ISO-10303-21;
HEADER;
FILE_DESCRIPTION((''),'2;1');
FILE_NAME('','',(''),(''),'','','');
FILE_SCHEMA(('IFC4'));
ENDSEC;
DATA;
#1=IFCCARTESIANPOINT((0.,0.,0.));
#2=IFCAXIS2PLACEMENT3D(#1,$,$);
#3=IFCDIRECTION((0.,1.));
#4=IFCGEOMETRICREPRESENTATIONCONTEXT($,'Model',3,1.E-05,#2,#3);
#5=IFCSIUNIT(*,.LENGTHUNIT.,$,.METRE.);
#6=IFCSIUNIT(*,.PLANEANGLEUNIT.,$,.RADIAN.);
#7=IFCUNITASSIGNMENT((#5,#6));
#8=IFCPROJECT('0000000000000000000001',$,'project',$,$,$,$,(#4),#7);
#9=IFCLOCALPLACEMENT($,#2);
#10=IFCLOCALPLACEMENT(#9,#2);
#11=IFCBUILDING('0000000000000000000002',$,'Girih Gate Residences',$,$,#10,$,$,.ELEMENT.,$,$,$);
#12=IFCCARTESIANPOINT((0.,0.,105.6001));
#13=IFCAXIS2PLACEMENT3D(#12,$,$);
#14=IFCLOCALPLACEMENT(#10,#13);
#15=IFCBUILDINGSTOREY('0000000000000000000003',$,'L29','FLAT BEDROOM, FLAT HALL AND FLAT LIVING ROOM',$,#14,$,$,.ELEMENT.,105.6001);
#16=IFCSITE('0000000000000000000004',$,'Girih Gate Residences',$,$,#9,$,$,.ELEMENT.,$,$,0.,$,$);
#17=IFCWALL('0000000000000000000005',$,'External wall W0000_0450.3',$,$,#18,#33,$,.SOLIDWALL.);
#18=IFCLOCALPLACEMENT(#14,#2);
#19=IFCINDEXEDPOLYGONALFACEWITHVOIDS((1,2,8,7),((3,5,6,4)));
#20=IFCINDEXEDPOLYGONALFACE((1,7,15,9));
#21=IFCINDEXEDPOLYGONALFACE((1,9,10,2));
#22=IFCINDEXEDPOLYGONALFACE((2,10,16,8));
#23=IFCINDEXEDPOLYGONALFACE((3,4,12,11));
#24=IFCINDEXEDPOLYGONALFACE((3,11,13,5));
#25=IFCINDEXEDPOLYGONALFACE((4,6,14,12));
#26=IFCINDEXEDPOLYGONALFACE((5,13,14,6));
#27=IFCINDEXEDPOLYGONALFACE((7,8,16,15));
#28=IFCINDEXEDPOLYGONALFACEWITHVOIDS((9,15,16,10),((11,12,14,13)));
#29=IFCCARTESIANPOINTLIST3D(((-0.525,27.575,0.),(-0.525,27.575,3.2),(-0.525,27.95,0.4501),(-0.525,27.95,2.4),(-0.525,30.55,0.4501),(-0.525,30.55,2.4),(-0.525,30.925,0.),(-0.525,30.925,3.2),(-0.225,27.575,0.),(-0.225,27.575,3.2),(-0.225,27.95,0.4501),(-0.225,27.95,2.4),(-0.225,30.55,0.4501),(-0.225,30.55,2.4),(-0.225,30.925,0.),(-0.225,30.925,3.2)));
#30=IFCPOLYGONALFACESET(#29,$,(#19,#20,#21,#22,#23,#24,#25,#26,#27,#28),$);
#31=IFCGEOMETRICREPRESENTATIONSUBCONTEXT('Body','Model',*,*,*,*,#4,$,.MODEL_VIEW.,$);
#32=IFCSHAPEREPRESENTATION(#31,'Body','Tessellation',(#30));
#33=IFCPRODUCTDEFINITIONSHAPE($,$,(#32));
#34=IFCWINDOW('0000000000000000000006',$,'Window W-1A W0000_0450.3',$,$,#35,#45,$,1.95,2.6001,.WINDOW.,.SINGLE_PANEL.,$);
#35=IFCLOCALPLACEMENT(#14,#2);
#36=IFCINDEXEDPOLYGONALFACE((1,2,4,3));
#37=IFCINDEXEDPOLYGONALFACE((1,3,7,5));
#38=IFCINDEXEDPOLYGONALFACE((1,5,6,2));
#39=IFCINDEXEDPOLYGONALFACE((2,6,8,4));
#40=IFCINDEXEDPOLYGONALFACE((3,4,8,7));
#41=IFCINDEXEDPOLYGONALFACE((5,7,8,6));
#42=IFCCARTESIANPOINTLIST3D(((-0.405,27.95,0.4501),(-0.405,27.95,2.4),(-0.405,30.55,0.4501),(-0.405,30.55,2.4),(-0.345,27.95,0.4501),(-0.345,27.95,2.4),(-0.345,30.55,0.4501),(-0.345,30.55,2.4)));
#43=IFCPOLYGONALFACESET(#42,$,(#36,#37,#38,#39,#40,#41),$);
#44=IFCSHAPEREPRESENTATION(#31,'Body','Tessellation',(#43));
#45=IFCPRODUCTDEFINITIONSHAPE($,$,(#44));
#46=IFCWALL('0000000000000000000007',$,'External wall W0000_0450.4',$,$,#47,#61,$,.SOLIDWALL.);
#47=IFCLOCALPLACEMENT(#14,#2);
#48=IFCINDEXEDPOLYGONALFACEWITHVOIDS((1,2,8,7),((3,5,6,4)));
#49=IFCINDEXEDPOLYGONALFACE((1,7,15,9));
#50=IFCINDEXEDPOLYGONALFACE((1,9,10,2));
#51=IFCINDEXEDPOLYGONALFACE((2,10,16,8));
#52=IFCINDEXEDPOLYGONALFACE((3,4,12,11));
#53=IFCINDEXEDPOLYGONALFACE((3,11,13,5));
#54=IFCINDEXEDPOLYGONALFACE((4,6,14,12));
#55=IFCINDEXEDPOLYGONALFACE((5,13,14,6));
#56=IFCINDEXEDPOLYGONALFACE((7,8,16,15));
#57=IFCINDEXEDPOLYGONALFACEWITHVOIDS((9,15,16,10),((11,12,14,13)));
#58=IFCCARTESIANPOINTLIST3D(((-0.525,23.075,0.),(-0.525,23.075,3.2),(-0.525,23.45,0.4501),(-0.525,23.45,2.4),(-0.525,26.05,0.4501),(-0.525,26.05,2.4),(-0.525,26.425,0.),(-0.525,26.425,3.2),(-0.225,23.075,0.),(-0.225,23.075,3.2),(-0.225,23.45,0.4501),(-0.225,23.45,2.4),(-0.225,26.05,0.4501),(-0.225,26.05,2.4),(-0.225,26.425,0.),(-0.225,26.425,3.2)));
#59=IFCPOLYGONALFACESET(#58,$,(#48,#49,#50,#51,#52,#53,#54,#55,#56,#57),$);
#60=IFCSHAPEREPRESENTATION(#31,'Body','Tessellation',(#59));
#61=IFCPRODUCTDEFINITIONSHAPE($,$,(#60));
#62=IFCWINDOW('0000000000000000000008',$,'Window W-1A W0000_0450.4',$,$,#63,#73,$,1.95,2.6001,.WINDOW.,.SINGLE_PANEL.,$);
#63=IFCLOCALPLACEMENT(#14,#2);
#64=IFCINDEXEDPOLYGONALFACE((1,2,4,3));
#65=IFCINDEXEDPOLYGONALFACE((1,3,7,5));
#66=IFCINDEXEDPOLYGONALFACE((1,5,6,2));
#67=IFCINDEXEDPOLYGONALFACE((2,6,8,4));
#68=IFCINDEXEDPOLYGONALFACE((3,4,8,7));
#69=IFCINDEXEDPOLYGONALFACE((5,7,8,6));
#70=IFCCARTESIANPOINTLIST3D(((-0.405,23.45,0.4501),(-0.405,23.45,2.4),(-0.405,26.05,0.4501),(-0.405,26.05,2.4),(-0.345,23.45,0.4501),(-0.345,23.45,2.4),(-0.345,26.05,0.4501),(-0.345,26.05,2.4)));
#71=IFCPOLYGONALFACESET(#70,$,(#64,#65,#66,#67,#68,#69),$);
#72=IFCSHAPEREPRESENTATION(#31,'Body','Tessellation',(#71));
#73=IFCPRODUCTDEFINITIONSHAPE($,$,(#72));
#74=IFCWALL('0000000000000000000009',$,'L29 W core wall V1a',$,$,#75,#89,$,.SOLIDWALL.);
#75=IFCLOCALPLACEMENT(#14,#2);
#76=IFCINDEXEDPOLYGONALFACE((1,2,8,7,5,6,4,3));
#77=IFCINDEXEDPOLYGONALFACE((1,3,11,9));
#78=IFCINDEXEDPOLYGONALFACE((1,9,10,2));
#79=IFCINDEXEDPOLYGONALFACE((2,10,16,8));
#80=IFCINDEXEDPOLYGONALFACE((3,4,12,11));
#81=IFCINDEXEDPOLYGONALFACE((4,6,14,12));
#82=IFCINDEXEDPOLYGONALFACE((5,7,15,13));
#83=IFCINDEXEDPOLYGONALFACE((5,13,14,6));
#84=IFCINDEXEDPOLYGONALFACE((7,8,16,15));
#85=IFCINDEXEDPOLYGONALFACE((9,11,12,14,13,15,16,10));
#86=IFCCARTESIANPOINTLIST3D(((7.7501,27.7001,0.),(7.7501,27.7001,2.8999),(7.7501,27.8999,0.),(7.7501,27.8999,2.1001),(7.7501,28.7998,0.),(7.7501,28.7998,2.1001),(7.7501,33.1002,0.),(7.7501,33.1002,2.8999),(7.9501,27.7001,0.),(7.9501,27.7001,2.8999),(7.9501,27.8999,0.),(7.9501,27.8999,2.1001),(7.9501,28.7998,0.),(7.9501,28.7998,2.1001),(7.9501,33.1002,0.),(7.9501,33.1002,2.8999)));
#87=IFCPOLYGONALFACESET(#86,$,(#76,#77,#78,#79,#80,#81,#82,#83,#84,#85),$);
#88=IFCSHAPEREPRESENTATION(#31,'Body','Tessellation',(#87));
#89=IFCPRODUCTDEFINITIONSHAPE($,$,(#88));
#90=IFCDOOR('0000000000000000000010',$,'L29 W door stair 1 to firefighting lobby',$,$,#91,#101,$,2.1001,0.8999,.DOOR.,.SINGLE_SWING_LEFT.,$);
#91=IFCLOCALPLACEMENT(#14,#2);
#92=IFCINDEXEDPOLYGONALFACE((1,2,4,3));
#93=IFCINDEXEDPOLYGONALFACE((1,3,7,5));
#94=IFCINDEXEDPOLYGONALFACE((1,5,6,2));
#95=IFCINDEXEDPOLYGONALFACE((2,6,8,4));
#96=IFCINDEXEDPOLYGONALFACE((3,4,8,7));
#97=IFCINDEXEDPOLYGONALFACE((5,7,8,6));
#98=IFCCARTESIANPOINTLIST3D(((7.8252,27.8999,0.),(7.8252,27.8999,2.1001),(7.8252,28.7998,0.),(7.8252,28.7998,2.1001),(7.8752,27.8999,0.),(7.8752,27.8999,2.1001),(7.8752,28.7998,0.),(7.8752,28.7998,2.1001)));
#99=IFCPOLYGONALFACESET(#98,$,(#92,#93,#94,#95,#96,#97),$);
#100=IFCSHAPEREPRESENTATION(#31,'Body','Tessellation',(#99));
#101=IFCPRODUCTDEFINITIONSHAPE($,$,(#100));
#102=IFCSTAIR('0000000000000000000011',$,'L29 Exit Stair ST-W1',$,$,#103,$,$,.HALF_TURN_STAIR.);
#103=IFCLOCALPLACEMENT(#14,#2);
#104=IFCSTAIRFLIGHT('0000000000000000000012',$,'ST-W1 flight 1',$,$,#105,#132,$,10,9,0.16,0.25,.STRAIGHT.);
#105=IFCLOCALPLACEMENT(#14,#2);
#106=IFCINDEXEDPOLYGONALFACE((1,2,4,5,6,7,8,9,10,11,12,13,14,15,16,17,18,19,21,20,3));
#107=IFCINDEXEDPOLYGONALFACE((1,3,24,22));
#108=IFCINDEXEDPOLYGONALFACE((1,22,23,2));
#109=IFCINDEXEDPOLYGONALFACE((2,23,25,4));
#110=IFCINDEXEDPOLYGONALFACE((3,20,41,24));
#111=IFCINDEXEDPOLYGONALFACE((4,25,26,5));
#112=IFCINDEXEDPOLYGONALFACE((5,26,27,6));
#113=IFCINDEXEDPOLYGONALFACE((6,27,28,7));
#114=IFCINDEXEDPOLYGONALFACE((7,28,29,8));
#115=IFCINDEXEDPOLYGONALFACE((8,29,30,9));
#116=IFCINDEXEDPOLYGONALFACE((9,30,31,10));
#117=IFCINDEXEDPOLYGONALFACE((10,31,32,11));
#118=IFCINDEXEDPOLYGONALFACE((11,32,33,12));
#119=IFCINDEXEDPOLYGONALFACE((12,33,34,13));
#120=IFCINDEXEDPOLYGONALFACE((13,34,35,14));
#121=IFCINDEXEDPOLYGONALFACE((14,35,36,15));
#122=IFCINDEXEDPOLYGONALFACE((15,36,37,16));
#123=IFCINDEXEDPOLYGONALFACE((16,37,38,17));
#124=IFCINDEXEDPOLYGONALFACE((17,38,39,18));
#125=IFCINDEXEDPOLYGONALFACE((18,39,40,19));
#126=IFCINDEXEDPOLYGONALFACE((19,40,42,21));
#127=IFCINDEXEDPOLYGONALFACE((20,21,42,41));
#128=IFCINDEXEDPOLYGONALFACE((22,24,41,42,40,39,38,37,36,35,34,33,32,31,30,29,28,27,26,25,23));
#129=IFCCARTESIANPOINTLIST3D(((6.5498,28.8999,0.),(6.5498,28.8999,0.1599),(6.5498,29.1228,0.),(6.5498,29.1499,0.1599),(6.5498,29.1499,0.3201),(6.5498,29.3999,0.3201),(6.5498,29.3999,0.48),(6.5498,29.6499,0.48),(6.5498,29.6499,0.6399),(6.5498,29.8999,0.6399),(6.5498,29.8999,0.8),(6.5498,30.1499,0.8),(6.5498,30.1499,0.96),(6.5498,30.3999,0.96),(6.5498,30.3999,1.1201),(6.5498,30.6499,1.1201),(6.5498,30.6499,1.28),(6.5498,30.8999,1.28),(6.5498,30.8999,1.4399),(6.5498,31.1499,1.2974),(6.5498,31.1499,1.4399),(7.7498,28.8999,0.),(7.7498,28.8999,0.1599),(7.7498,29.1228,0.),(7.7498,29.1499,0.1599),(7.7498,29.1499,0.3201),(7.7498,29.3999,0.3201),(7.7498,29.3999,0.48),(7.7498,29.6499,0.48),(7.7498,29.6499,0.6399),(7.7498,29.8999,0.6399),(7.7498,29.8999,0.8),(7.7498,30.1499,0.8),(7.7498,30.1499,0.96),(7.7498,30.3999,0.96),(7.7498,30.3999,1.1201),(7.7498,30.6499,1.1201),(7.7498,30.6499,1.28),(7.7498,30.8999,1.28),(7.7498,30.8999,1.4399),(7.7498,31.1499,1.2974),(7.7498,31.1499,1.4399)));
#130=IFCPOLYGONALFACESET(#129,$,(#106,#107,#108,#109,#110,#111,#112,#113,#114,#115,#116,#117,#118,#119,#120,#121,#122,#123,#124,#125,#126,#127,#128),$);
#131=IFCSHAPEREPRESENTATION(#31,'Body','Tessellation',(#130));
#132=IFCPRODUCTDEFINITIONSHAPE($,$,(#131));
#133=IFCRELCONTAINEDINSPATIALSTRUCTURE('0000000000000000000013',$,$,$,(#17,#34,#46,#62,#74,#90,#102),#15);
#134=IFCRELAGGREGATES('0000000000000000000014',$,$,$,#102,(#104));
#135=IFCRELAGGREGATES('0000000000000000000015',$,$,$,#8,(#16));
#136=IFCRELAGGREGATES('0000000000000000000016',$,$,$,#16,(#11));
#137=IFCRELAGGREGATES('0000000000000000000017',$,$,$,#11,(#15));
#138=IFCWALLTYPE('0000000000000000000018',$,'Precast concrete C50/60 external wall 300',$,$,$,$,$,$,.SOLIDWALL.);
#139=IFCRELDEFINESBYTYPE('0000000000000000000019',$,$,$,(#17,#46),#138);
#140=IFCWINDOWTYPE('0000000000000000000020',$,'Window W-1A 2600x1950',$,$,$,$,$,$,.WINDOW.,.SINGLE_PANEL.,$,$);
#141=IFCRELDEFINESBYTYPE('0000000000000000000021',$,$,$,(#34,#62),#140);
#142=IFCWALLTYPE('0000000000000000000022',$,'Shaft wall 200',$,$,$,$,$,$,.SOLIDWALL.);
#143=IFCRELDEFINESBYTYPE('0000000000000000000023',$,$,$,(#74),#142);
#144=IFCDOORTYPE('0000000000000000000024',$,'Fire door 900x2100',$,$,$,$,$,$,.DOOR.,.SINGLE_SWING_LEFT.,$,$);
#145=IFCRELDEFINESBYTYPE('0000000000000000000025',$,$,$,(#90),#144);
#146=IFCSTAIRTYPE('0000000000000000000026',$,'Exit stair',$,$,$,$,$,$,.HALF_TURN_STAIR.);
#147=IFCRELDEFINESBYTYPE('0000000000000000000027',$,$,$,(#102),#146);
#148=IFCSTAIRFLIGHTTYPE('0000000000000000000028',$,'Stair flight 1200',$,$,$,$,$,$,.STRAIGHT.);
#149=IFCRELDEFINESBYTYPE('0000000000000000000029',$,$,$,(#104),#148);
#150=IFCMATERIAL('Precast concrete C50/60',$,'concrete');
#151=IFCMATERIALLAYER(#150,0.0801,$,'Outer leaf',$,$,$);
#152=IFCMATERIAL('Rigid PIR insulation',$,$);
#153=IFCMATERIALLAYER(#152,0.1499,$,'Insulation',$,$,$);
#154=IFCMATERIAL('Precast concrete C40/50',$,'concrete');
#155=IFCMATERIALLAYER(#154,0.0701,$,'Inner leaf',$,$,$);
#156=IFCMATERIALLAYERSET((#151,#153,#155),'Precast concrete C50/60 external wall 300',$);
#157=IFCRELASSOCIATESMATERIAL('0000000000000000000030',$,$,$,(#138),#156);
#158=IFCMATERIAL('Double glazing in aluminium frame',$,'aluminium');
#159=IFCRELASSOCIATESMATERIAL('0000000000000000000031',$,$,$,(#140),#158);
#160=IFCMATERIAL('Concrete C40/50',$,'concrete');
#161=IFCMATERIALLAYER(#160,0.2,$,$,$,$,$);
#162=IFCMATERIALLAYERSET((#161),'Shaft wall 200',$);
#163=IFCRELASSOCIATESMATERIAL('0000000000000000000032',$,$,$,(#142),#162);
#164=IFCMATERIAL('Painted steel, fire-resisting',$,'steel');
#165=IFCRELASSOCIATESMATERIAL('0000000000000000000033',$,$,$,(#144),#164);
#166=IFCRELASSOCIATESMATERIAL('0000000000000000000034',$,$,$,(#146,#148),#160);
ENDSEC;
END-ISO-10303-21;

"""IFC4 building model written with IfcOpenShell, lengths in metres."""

from ifc_helpers import new_model, si_unit, direction, frame, frame_2d, origin, place, context, subcontext, project, spatial, polyline, rectangle, outline, extrude, material, layer, layer_set, type_object, element, fill, aggregate, save


model = new_model("IFC4")

# Units and contexts
model_context = context("Model", 3, precision=1e-05, world=origin(), true_north=direction((0.0, 1.0)))
body_context = subcontext(model_context, "Body", "Model", "MODEL_VIEW")
ifc_project = project(units=[si_unit("LENGTHUNIT", "METRE"), si_unit("PLANEANGLEUNIT", "RADIAN")], contexts=[model_context])

# Site, building, storey
site_placement = place(None, origin())
site = spatial("IfcSite", under=ifc_project, at=site_placement, Name="Girih Gate Residences", CompositionType="ELEMENT", RefElevation=0.0)
building_placement = place(site_placement, origin())
building = spatial("IfcBuilding", under=site, at=building_placement, Name="Girih Gate Residences", CompositionType="ELEMENT")
storey_placement = place(building_placement, frame((0.0, 0.0, 105.6001)))
storey = spatial("IfcBuildingStorey", under=building, at=storey_placement, Name="L29", Description="FLAT BEDROOM, FLAT HALL AND FLAT LIVING ROOM", CompositionType="ELEMENT", Elevation=105.6001)

# Shared definitions
ifc_material_1 = material(Name="Painted steel, fire-resisting", Category="steel")

# Walls, openings, windows
ifc_material_2 = material(Name="Precast concrete C50/60", Category="concrete")
ifc_layer_1 = layer(ifc_material_2, 0.0801, Name="Outer leaf")
ifc_material_3 = material(Name="Rigid PIR insulation")
ifc_layer_2 = layer(ifc_material_3, 0.1499, Name="Insulation")
ifc_material_4 = material(Name="Precast concrete C40/50", Category="concrete")
ifc_layer_3 = layer(ifc_material_4, 0.0701, Name="Inner leaf")
ifc_layer_set_1 = layer_set([ifc_layer_1, ifc_layer_2, ifc_layer_3], Name="Precast concrete C50/60 external wall 300")
wall_type_1 = type_object("IfcWallType", Name="Precast concrete C50/60 external wall 300", PredefinedType="SOLIDWALL", material=ifc_layer_set_1)
wall_1_placement = place(storey_placement, frame((-0.375, 27.575, 0.0), z_axis=(0.0, 0.0, 1.0), x_axis=(0.0, 1.0, 0.0)))
wall_1 = element("IfcWall", 1, at=wall_1_placement, inside=storey, type_object=wall_type_1, Name="External wall W0000_0450.3", PredefinedType="SOLIDWALL", context=body_context, shape_type="SweptSolid", body=[
    extrude(rectangle(XDim=3.3501, YDim=0.3, at=frame_2d((1.675, 0.0))), origin(), (0.0, 0.0, 1.0), 3.2),
])
opening_1_placement = place(wall_1_placement, frame((0.375, 0.0, 0.45)))
opening_1 = element("IfcOpeningElement", 2, at=opening_1_placement, cuts=wall_1, PredefinedType="OPENING", context=body_context, shape_type="SweptSolid", body=[
    extrude(rectangle(XDim=2.6001, YDim=1.95, at=frame_2d((1.3, 0.9751))), frame((0.0, 0.1599, 0.0), z_axis=(0.0, -1.0, 0.0), x_axis=(1.0, 0.0, 0.0)), (0.0, 0.0, 1.0), 0.3201),
])
ifc_material_5 = material(Name="Double glazing in aluminium frame", Category="aluminium")
window_type = type_object("IfcWindowType", Name="Window W-1A 2600x1950", PartitioningType="SINGLE_PANEL", PredefinedType="WINDOW", material=ifc_material_5)
window_1_placement = place(opening_1_placement, origin())
window_1 = element("IfcWindow", 3, at=window_1_placement, inside=storey, type_object=window_type, Name="Window W-1A W0000_0450.3", OverallHeight=1.95, OverallWidth=2.6001, PartitioningType="SINGLE_PANEL", PredefinedType="WINDOW", context=body_context, shape_type="SweptSolid", body=[
    extrude(rectangle(XDim=2.6001, YDim=1.95, at=frame_2d((1.3, 0.9751))), frame((0.0, 0.03, 0.0), z_axis=(0.0, -1.0, 0.0), x_axis=(1.0, 0.0, 0.0)), (0.0, 0.0, 1.0), 0.0601),
])
fill(opening_1, window_1)
wall_2_placement = place(storey_placement, frame((-0.375, 23.075, 0.0), z_axis=(0.0, 0.0, 1.0), x_axis=(0.0, 1.0, 0.0)))
wall_2 = element("IfcWall", 4, at=wall_2_placement, inside=storey, type_object=wall_type_1, Name="External wall W0000_0450.4", PredefinedType="SOLIDWALL", context=body_context, shape_type="SweptSolid", body=[
    extrude(rectangle(XDim=3.3501, YDim=0.3, at=frame_2d((1.675, 0.0))), origin(), (0.0, 0.0, 1.0), 3.2),
])
opening_2_placement = place(wall_2_placement, frame((0.375, 0.0, 0.45)))
opening_2 = element("IfcOpeningElement", 5, at=opening_2_placement, cuts=wall_2, PredefinedType="OPENING", context=body_context, shape_type="SweptSolid", body=[
    extrude(rectangle(XDim=2.6001, YDim=1.95, at=frame_2d((1.3, 0.9751))), frame((0.0, 0.1599, 0.0), z_axis=(0.0, -1.0, 0.0), x_axis=(1.0, 0.0, 0.0)), (0.0, 0.0, 1.0), 0.3201),
])
window_2_placement = place(opening_2_placement, origin())
window_2 = element("IfcWindow", 6, at=window_2_placement, inside=storey, type_object=window_type, Name="Window W-1A W0000_0450.4", OverallHeight=1.95, OverallWidth=2.6001, PartitioningType="SINGLE_PANEL", PredefinedType="WINDOW", context=body_context, shape_type="SweptSolid", body=[
    extrude(rectangle(XDim=2.6001, YDim=1.95, at=frame_2d((1.3, 0.9751))), frame((0.0, 0.03, 0.0), z_axis=(0.0, -1.0, 0.0), x_axis=(1.0, 0.0, 0.0)), (0.0, 0.0, 1.0), 0.0601),
])
fill(opening_2, window_2)

# Wall, opening, door
ifc_material_6 = material(Name="Concrete C40/50", Category="concrete")
ifc_layer_4 = layer(ifc_material_6, 0.2)
ifc_layer_set_2 = layer_set([ifc_layer_4], Name="Shaft wall 200")
wall_type_2 = type_object("IfcWallType", Name="Shaft wall 200", PredefinedType="SOLIDWALL", material=ifc_layer_set_2)
wall_3_placement = place(storey_placement, frame((7.8501, 27.7, 0.0), z_axis=(0.0, 0.0, 1.0), x_axis=(0.0, 1.0, 0.0)))
wall_3 = element("IfcWall", 7, at=wall_3_placement, inside=storey, type_object=wall_type_2, Name="L29 W core wall V1a", PredefinedType="SOLIDWALL", context=body_context, shape_type="SweptSolid", body=[
    extrude(rectangle(XDim=5.4001, YDim=0.2, at=frame_2d((2.7002, 0.0))), origin(), (0.0, 0.0, 1.0), 2.8999),
])
opening_3_placement = place(wall_3_placement, frame((0.2, 0.0, 0.0)))
opening_3 = element("IfcOpeningElement", 8, at=opening_3_placement, cuts=wall_3, PredefinedType="OPENING", context=body_context, shape_type="SweptSolid", body=[
    extrude(rectangle(XDim=0.8999, YDim=2.1001, at=frame_2d((0.45, 1.05))), frame((0.0, 0.1099, 0.0), z_axis=(0.0, -1.0, 0.0), x_axis=(1.0, 0.0, 0.0)), (0.0, 0.0, 1.0), 0.22),
])
door_type_1 = type_object("IfcDoorType", Name="Fire door 900x2100", OperationType="SINGLE_SWING_LEFT", PredefinedType="DOOR", material=ifc_material_1)
door_1_placement = place(opening_3_placement, origin())
door_1 = element("IfcDoor", 9, at=door_1_placement, inside=storey, type_object=door_type_1, Name="L29 W door stair 1 to firefighting lobby", OperationType="SINGLE_SWING_LEFT", OverallHeight=2.1001, OverallWidth=0.8999, PredefinedType="DOOR", context=body_context, shape_type="SweptSolid", body=[
    extrude(rectangle(XDim=0.8999, YDim=2.1001, at=frame_2d((0.45, 1.05))), frame((0.0, 0.0249, 0.0), z_axis=(0.0, -1.0, 0.0), x_axis=(1.0, 0.0, 0.0)), (0.0, 0.0, 1.0), 0.05),
])
fill(opening_3, door_1)

# Stair, stair flight
stair_type = type_object("IfcStairType", Name="Exit stair", PredefinedType="HALF_TURN_STAIR", material=ifc_material_6)
stair_placement = place(storey_placement, origin())
stair = element("IfcStair", 10, at=stair_placement, inside=storey, type_object=stair_type, Name="L29 Exit Stair ST-W1", PredefinedType="HALF_TURN_STAIR")
stair_flight_type = type_object("IfcStairFlightType", Name="Stair flight 1200", PredefinedType="STRAIGHT", material=ifc_material_6)
stair_flight_placement = place(storey_placement, frame((7.1499, 28.8999, 0.0), z_axis=(0.0, 0.0, 1.0), x_axis=(0.0, 1.0, 0.0)))
stair_flight = element("IfcStairFlight", 11, at=stair_flight_placement, type_object=stair_flight_type, Name="ST-W1 flight 1", NumberOfRisers=10, NumberOfTreads=9, PredefinedType="STRAIGHT", RiserHeight=0.16, TreadLength=0.25, context=body_context, shape_type="SweptSolid", body=[
    extrude(outline(polyline([(0.0, 0.0), (0.0, 0.1599), (0.25, 0.1599), (0.25, 0.3201), (0.5, 0.3201), (0.5, 0.48), (0.75, 0.48), (0.75, 0.6399), (1.0, 0.6399), (1.0, 0.8), (1.25, 0.8), (1.25, 0.96), (1.5, 0.96), (1.5, 1.1201), (1.75, 1.1201), (1.75, 1.28), (2.0, 1.28), (2.0, 1.4399), (2.25, 1.4399), (2.25, 1.6001), (2.25, 1.2974), (0.2229, 0.0), (0.0, 0.0)])), frame((0.0, 0.6001, 0.0), z_axis=(0.0, -1.0, 0.0), x_axis=(1.0, 0.0, 0.0)), (0.0, 0.0, 1.0), 1.2),
])
aggregate(stair, [stair_flight])

save(model, "model.ifc")
